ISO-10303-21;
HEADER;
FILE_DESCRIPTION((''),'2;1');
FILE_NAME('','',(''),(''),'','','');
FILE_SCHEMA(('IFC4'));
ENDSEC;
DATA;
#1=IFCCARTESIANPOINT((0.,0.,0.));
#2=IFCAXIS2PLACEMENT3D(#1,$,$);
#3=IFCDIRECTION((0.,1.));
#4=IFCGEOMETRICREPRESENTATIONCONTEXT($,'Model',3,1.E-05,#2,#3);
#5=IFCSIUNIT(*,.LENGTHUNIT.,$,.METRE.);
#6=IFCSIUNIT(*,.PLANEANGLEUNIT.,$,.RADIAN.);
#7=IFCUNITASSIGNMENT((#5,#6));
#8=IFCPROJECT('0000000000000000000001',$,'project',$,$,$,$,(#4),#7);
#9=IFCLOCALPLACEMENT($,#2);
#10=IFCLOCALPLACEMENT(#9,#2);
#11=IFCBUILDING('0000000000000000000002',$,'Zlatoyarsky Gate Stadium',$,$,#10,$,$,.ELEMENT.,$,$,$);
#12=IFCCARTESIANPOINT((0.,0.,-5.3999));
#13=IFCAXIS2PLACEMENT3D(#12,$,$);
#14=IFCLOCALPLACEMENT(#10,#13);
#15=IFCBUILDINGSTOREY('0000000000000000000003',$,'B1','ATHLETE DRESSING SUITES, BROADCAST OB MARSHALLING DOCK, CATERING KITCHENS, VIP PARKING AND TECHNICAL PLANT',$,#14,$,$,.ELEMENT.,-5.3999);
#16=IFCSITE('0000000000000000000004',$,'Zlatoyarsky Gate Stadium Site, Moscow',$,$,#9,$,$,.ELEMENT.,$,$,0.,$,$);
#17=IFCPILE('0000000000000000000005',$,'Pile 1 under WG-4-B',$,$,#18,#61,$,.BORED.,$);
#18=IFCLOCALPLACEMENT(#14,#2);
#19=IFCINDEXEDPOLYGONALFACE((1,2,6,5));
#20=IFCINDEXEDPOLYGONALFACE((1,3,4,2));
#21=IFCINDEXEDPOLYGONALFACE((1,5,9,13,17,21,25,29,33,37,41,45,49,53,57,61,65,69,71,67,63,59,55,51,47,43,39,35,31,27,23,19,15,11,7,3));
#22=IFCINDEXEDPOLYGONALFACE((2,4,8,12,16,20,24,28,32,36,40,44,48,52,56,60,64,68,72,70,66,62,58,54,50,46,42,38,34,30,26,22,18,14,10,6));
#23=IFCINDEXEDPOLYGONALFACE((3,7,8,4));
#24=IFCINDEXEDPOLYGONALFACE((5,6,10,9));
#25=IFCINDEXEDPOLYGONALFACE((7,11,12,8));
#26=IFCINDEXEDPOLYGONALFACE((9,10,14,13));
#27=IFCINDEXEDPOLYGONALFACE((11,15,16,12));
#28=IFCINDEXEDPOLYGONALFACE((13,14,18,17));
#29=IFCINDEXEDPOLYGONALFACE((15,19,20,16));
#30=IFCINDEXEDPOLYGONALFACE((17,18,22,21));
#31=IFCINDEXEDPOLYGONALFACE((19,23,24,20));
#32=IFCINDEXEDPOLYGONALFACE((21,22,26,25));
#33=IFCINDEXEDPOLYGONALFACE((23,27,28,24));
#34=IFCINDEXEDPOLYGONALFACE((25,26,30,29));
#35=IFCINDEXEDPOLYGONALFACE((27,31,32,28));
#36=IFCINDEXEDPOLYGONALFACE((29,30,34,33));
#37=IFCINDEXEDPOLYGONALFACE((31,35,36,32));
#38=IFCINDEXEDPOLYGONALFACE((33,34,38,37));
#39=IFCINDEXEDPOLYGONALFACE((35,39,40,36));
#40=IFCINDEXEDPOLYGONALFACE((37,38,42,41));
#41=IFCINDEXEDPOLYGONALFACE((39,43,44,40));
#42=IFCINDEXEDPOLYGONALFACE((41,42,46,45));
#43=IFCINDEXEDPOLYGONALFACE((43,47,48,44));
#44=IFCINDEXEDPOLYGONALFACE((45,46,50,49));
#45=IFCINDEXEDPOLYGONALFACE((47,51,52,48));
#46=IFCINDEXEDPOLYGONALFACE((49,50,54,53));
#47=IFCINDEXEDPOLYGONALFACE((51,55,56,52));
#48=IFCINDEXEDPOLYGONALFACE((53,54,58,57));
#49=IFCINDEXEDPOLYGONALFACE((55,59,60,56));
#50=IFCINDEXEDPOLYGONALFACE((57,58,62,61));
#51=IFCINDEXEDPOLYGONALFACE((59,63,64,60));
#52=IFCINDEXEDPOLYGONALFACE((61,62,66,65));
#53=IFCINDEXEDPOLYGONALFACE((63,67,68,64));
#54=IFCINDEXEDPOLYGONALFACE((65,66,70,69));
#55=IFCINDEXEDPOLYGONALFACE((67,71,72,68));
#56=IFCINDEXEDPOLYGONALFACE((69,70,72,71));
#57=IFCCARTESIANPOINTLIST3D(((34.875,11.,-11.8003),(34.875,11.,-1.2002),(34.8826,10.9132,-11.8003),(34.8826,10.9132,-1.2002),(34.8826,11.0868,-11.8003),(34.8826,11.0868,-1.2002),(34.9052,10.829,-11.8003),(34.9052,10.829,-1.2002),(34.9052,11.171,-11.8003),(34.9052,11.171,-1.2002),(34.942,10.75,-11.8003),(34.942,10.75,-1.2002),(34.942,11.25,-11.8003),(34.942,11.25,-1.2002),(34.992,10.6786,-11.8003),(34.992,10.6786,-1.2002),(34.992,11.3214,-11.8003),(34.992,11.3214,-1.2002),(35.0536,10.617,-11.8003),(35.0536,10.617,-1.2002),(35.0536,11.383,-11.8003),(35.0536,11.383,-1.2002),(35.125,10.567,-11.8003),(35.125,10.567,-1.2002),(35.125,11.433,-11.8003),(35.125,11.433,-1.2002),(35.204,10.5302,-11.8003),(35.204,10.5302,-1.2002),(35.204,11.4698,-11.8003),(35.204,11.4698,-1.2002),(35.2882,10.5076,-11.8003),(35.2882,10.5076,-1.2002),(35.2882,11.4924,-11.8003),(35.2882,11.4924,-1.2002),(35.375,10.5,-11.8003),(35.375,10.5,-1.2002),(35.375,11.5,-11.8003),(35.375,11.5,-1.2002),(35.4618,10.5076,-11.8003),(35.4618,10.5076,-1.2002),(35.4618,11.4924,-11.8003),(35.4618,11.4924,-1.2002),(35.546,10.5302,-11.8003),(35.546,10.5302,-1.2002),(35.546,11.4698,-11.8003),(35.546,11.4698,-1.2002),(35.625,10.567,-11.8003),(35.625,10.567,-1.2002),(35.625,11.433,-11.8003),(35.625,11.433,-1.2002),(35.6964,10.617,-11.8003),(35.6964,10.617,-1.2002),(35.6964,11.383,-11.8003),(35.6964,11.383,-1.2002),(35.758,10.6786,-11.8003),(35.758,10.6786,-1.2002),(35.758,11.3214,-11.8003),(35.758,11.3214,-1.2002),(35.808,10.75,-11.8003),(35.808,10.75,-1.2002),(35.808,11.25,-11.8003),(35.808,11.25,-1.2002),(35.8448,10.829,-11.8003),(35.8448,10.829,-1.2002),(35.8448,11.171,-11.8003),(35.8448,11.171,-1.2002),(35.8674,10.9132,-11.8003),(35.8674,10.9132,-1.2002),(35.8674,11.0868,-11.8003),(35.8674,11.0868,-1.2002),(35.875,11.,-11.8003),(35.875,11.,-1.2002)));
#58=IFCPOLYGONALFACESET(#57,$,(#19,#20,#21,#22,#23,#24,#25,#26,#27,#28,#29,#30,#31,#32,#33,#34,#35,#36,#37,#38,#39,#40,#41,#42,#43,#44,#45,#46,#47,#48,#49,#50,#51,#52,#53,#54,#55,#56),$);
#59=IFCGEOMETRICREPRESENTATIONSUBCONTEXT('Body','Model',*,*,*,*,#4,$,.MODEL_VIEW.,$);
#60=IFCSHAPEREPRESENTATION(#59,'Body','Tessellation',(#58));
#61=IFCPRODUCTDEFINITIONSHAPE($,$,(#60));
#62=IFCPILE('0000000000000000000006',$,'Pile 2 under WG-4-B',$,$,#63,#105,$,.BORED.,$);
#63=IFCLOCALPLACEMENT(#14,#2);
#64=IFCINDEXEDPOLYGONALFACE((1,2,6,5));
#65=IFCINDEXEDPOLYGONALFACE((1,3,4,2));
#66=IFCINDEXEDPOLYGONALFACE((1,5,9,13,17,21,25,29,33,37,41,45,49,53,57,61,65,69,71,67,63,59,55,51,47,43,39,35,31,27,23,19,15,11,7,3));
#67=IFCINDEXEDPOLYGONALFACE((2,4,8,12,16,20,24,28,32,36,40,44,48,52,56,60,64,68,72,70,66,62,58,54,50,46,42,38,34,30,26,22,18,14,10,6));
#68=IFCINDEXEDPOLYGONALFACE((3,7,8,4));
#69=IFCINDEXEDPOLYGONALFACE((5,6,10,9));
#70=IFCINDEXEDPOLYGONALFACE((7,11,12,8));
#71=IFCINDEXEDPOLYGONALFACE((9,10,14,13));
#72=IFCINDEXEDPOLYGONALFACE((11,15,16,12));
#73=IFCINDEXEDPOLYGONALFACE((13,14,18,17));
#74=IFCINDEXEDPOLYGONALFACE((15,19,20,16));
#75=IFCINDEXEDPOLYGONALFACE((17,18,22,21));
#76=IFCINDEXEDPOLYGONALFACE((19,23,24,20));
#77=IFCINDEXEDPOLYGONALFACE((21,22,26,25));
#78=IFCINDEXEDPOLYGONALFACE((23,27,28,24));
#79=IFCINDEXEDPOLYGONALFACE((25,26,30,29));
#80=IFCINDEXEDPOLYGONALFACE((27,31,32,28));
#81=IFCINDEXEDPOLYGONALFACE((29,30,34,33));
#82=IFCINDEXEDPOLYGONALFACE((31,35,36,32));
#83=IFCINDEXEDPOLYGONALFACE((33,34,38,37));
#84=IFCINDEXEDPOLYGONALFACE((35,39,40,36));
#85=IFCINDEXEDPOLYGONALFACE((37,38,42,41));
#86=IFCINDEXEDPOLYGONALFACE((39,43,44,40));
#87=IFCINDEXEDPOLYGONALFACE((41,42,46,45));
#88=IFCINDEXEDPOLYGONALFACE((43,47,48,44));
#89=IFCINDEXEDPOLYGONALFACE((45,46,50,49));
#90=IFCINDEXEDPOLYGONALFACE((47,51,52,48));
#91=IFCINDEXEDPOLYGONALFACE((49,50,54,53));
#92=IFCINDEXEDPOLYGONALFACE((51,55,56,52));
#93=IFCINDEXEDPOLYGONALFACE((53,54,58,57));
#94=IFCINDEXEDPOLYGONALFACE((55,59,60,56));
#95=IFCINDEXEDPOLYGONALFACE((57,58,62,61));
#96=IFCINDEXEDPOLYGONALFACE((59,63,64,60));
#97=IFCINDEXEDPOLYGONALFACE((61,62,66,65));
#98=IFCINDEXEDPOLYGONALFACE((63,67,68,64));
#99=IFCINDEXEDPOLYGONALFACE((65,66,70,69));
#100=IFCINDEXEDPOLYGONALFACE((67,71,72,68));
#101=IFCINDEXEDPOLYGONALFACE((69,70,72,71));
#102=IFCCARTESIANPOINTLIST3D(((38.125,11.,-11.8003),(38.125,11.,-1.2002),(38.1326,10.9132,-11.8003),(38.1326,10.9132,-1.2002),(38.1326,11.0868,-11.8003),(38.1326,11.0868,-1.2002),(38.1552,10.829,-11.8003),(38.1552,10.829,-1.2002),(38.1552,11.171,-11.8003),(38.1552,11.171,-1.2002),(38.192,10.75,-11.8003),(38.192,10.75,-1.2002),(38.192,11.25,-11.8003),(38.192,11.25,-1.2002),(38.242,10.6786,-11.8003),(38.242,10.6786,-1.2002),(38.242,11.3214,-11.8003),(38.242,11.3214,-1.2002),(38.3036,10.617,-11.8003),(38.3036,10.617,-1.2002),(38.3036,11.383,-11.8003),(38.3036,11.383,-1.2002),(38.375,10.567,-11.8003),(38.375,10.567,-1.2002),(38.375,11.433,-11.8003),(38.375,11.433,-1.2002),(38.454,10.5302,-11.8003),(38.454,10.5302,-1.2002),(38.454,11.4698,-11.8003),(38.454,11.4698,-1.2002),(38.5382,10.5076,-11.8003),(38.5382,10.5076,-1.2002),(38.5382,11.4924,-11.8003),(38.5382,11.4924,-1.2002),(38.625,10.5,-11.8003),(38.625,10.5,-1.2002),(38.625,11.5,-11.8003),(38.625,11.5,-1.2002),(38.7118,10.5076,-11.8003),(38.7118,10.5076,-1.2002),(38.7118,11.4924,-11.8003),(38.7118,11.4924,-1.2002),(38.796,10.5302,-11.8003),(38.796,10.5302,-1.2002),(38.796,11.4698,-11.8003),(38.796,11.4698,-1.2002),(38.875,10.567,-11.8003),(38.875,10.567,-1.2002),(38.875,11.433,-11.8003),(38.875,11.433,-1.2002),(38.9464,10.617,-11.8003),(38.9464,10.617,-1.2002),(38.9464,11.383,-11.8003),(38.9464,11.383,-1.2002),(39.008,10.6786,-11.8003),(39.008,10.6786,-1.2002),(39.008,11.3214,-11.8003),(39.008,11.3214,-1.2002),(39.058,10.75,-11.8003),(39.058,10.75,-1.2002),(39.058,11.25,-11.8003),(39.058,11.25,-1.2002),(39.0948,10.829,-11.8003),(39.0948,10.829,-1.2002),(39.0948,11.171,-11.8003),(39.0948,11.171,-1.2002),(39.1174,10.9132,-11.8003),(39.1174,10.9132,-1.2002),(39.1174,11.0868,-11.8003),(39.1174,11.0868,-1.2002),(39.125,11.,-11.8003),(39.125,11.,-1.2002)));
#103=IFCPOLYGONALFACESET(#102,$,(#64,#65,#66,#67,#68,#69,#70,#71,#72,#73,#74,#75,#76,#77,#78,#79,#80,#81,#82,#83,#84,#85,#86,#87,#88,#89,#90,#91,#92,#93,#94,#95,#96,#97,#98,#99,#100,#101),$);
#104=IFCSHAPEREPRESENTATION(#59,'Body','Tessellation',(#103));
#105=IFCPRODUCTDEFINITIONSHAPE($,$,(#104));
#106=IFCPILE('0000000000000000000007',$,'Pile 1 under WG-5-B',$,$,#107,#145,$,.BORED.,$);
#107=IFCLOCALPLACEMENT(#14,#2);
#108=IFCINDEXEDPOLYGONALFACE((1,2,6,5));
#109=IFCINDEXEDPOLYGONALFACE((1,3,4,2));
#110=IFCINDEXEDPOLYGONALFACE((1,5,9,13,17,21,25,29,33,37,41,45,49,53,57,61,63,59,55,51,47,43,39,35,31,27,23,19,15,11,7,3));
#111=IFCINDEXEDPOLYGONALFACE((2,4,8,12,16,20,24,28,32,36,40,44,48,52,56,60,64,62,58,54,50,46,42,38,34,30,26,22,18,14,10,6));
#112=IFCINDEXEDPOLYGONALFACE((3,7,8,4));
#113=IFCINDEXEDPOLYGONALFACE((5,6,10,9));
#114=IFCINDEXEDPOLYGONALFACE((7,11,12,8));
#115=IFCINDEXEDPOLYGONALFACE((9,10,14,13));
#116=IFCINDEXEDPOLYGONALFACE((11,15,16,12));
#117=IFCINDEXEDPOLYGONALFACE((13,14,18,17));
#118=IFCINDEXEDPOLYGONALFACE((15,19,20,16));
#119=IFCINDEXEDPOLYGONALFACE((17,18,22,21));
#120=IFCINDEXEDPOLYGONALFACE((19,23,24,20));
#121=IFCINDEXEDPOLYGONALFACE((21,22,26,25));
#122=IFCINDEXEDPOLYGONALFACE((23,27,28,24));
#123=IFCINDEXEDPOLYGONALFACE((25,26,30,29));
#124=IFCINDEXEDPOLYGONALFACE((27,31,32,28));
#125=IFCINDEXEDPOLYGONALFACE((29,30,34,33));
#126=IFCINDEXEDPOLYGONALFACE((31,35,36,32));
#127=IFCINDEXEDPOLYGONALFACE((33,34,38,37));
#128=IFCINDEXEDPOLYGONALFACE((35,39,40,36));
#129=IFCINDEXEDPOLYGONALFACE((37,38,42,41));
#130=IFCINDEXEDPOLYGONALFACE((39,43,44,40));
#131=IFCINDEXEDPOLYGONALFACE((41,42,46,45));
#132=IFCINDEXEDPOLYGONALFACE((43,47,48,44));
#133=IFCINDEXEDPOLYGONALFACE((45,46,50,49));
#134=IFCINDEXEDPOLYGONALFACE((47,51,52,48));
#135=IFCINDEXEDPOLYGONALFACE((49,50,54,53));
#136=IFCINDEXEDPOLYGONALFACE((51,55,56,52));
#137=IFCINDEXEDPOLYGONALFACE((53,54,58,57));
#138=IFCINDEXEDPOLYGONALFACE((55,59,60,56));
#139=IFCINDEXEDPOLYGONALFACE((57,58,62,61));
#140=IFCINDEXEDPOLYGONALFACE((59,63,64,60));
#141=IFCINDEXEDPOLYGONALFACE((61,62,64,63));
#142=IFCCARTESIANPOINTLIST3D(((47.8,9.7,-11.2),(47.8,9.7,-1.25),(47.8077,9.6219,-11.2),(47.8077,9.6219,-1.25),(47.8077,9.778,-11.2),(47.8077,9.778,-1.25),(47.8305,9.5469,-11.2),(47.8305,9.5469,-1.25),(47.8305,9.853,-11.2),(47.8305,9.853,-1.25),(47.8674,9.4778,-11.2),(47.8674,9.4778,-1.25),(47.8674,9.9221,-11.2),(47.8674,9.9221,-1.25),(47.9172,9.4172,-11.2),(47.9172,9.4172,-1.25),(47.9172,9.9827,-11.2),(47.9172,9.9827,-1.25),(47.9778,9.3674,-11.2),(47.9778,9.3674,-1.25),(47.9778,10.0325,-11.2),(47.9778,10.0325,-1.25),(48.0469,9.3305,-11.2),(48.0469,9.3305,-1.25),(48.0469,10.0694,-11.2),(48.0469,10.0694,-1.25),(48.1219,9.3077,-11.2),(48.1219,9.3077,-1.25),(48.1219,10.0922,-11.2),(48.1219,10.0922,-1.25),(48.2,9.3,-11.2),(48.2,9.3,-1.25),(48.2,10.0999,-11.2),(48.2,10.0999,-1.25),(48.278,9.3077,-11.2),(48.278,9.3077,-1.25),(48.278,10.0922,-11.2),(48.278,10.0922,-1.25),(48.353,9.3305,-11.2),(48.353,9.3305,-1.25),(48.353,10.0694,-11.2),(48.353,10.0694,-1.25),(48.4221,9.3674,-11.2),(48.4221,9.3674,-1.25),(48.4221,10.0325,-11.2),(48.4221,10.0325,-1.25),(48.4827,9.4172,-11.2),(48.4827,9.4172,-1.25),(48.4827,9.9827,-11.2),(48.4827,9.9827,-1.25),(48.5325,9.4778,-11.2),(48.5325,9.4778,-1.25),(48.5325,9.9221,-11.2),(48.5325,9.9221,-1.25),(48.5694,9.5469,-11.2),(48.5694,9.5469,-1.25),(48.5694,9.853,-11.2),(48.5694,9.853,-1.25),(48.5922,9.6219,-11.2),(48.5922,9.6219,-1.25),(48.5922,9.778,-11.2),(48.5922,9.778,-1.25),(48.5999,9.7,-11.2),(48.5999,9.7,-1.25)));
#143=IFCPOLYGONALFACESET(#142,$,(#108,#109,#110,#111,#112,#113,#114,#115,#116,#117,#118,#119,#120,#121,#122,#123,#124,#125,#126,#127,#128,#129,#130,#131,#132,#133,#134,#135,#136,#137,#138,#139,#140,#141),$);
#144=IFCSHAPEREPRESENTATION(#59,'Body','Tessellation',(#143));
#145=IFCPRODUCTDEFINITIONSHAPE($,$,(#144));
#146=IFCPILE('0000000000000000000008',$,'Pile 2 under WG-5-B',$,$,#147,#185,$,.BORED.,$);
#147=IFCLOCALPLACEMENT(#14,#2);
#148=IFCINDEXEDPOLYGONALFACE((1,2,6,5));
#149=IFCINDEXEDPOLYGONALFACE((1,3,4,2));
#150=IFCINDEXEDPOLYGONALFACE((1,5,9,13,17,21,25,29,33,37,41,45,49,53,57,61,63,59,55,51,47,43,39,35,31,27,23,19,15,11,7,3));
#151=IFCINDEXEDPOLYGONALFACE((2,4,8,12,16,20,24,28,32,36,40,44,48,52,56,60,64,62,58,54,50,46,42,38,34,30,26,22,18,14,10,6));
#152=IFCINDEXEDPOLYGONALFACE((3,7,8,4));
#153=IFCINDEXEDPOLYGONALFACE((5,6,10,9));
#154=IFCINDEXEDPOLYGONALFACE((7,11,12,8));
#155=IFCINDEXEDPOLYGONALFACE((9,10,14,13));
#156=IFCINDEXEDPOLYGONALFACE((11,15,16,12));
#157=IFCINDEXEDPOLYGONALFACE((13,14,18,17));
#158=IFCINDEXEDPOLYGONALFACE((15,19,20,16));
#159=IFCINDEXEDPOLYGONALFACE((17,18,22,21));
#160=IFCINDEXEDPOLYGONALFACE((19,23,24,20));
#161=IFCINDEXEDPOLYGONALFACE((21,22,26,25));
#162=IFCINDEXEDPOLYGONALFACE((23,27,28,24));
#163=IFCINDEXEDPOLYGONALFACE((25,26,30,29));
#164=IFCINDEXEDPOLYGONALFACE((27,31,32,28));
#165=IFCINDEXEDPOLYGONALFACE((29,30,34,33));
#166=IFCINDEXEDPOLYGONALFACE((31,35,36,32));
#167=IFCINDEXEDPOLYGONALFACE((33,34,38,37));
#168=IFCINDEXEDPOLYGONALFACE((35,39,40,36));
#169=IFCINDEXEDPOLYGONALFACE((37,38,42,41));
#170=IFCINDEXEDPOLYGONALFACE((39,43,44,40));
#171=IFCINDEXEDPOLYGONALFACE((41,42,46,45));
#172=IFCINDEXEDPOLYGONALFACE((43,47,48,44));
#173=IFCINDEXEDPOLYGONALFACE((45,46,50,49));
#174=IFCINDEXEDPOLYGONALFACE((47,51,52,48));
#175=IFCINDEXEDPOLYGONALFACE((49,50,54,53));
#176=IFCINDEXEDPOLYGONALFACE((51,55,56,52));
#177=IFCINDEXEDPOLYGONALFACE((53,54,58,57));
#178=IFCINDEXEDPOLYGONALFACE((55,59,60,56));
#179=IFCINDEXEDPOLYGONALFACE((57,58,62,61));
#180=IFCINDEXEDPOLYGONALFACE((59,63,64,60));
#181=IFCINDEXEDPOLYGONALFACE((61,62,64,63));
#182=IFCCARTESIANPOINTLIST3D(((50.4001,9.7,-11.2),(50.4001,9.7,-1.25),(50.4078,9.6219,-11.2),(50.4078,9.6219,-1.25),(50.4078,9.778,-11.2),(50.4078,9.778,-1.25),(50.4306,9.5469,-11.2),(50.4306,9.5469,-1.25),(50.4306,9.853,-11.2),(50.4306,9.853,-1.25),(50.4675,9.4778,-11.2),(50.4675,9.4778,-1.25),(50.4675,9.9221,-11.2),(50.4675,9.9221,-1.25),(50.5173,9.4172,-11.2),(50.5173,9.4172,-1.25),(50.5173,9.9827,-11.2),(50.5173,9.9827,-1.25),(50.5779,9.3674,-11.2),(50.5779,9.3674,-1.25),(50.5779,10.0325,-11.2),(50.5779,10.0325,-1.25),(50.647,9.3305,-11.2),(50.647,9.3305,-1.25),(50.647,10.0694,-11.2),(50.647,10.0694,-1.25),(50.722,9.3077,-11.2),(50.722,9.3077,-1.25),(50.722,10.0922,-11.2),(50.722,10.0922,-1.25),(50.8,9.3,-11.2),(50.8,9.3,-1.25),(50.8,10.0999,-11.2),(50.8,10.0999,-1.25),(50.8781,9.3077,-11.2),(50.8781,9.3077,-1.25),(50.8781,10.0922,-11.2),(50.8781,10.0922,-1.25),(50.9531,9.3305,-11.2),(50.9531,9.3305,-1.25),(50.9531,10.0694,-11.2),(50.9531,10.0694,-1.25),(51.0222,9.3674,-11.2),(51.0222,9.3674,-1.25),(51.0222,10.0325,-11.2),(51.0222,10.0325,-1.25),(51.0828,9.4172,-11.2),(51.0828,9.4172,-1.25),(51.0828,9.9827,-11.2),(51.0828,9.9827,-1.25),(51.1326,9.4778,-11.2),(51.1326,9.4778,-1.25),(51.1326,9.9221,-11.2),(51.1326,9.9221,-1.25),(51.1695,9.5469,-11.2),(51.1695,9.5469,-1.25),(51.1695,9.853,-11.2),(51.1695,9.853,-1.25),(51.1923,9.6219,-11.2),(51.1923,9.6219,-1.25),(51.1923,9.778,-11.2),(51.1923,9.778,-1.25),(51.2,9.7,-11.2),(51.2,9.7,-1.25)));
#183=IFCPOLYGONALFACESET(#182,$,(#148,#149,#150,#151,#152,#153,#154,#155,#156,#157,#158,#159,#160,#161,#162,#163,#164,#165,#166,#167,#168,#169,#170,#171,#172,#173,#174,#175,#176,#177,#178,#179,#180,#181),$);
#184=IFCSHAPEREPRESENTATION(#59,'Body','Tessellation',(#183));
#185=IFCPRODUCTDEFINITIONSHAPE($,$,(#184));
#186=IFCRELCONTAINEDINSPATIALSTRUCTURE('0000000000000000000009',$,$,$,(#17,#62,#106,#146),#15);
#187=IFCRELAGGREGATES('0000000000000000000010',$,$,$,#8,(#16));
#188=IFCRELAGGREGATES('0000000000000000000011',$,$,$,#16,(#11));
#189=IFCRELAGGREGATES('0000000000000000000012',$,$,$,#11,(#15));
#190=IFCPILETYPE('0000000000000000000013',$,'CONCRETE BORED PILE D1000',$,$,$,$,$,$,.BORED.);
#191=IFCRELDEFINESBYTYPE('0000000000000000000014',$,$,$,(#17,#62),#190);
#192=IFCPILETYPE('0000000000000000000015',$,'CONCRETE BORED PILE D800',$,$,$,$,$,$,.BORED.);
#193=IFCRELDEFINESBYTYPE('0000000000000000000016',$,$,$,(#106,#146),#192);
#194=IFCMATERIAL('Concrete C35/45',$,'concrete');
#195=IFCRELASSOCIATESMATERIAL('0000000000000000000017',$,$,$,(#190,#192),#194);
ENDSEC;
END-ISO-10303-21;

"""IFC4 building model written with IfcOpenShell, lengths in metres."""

from ifc_helpers import new_model, si_unit, direction, frame, origin, origin_2d, place, context, subcontext, project, spatial, circle, extrude, material, material_profile, profile_set, type_object, element, save


model = new_model("IFC4")

# Units and contexts
model_context = context("Model", 3, precision=1e-05, world=origin(), true_north=direction((0.0, 1.0)))
body_context = subcontext(model_context, "Body", "Model", "MODEL_VIEW")
ifc_project = project(units=[si_unit("LENGTHUNIT", "METRE"), si_unit("PLANEANGLEUNIT", "RADIAN")], contexts=[model_context])

# Site, building, storey
site_placement = place(None, origin())
site = spatial("IfcSite", under=ifc_project, at=site_placement, Name="Zlatoyarsky Gate Stadium Site, Moscow", CompositionType="ELEMENT", RefElevation=0.0)
building_placement = place(site_placement, origin())
building = spatial("IfcBuilding", under=site, at=building_placement, Name="Zlatoyarsky Gate Stadium", CompositionType="ELEMENT")
storey_placement = place(building_placement, frame((0.0, 0.0, -5.3999)))
storey = spatial("IfcBuildingStorey", under=building, at=storey_placement, Name="B1", Description="ATHLETE DRESSING SUITES, BROADCAST OB MARSHALLING DOCK, CATERING KITCHENS, VIP PARKING AND TECHNICAL PLANT", CompositionType="ELEMENT", Elevation=-5.3999)

# Piles
ifc_material_1 = material(Name="Concrete C35/45", Category="concrete")
ifc_material_profile_1 = material_profile(ifc_material_1, circle(Radius=0.5, at=origin_2d()), Name="BORED PILE D1000")
ifc_profile_set_1 = profile_set([ifc_material_profile_1], Name="Concrete C35/45")
pile_type_1 = type_object("IfcPileType", Name="CONCRETE BORED PILE D1000", PredefinedType="BORED", material=ifc_profile_set_1)
for number, where, z_axis, x_axis, name in (
    (1, (35.375, 11.0, -1.2002), (0.0, 0.0, -1.0), (1.0, 0.0, 0.0), "Pile 1 under WG-4-B"),
    (2, (38.625, 11.0, -1.2002), (0.0, 0.0, -1.0), (1.0, 0.0, 0.0), "Pile 2 under WG-4-B"),
):
    element("IfcPile", number, at=place(storey_placement, frame(where, z_axis=z_axis, x_axis=x_axis)), inside=storey, type_object=pile_type_1, Name=name, PredefinedType="BORED", context=body_context, shape_type="SweptSolid", body=[
        extrude(circle(Radius=0.5, at=origin_2d()), origin(), (0.0, 0.0, 1.0), 10.6001),
    ])
ifc_material_profile_2 = material_profile(ifc_material_1, circle(Radius=0.3999, at=origin_2d()), Name="BORED PILE D800")
ifc_profile_set_2 = profile_set([ifc_material_profile_2], Name="Concrete C35/45")
pile_type_2 = type_object("IfcPileType", Name="CONCRETE BORED PILE D800", PredefinedType="BORED", material=ifc_profile_set_2)
for number, where, z_axis, x_axis, name in (
    (3, (48.2, 9.7, -1.25), (0.0, 0.0, -1.0), (1.0, 0.0, 0.0), "Pile 1 under WG-5-B"),
    (4, (50.8, 9.7, -1.25), (0.0, 0.0, -1.0), (1.0, 0.0, 0.0), "Pile 2 under WG-5-B"),
):
    element("IfcPile", number, at=place(storey_placement, frame(where, z_axis=z_axis, x_axis=x_axis)), inside=storey, type_object=pile_type_2, Name=name, PredefinedType="BORED", context=body_context, shape_type="SweptSolid", body=[
        extrude(circle(Radius=0.3999, at=origin_2d()), origin(), (0.0, 0.0, 1.0), 9.95),
    ])

save(model, "model.ifc")
